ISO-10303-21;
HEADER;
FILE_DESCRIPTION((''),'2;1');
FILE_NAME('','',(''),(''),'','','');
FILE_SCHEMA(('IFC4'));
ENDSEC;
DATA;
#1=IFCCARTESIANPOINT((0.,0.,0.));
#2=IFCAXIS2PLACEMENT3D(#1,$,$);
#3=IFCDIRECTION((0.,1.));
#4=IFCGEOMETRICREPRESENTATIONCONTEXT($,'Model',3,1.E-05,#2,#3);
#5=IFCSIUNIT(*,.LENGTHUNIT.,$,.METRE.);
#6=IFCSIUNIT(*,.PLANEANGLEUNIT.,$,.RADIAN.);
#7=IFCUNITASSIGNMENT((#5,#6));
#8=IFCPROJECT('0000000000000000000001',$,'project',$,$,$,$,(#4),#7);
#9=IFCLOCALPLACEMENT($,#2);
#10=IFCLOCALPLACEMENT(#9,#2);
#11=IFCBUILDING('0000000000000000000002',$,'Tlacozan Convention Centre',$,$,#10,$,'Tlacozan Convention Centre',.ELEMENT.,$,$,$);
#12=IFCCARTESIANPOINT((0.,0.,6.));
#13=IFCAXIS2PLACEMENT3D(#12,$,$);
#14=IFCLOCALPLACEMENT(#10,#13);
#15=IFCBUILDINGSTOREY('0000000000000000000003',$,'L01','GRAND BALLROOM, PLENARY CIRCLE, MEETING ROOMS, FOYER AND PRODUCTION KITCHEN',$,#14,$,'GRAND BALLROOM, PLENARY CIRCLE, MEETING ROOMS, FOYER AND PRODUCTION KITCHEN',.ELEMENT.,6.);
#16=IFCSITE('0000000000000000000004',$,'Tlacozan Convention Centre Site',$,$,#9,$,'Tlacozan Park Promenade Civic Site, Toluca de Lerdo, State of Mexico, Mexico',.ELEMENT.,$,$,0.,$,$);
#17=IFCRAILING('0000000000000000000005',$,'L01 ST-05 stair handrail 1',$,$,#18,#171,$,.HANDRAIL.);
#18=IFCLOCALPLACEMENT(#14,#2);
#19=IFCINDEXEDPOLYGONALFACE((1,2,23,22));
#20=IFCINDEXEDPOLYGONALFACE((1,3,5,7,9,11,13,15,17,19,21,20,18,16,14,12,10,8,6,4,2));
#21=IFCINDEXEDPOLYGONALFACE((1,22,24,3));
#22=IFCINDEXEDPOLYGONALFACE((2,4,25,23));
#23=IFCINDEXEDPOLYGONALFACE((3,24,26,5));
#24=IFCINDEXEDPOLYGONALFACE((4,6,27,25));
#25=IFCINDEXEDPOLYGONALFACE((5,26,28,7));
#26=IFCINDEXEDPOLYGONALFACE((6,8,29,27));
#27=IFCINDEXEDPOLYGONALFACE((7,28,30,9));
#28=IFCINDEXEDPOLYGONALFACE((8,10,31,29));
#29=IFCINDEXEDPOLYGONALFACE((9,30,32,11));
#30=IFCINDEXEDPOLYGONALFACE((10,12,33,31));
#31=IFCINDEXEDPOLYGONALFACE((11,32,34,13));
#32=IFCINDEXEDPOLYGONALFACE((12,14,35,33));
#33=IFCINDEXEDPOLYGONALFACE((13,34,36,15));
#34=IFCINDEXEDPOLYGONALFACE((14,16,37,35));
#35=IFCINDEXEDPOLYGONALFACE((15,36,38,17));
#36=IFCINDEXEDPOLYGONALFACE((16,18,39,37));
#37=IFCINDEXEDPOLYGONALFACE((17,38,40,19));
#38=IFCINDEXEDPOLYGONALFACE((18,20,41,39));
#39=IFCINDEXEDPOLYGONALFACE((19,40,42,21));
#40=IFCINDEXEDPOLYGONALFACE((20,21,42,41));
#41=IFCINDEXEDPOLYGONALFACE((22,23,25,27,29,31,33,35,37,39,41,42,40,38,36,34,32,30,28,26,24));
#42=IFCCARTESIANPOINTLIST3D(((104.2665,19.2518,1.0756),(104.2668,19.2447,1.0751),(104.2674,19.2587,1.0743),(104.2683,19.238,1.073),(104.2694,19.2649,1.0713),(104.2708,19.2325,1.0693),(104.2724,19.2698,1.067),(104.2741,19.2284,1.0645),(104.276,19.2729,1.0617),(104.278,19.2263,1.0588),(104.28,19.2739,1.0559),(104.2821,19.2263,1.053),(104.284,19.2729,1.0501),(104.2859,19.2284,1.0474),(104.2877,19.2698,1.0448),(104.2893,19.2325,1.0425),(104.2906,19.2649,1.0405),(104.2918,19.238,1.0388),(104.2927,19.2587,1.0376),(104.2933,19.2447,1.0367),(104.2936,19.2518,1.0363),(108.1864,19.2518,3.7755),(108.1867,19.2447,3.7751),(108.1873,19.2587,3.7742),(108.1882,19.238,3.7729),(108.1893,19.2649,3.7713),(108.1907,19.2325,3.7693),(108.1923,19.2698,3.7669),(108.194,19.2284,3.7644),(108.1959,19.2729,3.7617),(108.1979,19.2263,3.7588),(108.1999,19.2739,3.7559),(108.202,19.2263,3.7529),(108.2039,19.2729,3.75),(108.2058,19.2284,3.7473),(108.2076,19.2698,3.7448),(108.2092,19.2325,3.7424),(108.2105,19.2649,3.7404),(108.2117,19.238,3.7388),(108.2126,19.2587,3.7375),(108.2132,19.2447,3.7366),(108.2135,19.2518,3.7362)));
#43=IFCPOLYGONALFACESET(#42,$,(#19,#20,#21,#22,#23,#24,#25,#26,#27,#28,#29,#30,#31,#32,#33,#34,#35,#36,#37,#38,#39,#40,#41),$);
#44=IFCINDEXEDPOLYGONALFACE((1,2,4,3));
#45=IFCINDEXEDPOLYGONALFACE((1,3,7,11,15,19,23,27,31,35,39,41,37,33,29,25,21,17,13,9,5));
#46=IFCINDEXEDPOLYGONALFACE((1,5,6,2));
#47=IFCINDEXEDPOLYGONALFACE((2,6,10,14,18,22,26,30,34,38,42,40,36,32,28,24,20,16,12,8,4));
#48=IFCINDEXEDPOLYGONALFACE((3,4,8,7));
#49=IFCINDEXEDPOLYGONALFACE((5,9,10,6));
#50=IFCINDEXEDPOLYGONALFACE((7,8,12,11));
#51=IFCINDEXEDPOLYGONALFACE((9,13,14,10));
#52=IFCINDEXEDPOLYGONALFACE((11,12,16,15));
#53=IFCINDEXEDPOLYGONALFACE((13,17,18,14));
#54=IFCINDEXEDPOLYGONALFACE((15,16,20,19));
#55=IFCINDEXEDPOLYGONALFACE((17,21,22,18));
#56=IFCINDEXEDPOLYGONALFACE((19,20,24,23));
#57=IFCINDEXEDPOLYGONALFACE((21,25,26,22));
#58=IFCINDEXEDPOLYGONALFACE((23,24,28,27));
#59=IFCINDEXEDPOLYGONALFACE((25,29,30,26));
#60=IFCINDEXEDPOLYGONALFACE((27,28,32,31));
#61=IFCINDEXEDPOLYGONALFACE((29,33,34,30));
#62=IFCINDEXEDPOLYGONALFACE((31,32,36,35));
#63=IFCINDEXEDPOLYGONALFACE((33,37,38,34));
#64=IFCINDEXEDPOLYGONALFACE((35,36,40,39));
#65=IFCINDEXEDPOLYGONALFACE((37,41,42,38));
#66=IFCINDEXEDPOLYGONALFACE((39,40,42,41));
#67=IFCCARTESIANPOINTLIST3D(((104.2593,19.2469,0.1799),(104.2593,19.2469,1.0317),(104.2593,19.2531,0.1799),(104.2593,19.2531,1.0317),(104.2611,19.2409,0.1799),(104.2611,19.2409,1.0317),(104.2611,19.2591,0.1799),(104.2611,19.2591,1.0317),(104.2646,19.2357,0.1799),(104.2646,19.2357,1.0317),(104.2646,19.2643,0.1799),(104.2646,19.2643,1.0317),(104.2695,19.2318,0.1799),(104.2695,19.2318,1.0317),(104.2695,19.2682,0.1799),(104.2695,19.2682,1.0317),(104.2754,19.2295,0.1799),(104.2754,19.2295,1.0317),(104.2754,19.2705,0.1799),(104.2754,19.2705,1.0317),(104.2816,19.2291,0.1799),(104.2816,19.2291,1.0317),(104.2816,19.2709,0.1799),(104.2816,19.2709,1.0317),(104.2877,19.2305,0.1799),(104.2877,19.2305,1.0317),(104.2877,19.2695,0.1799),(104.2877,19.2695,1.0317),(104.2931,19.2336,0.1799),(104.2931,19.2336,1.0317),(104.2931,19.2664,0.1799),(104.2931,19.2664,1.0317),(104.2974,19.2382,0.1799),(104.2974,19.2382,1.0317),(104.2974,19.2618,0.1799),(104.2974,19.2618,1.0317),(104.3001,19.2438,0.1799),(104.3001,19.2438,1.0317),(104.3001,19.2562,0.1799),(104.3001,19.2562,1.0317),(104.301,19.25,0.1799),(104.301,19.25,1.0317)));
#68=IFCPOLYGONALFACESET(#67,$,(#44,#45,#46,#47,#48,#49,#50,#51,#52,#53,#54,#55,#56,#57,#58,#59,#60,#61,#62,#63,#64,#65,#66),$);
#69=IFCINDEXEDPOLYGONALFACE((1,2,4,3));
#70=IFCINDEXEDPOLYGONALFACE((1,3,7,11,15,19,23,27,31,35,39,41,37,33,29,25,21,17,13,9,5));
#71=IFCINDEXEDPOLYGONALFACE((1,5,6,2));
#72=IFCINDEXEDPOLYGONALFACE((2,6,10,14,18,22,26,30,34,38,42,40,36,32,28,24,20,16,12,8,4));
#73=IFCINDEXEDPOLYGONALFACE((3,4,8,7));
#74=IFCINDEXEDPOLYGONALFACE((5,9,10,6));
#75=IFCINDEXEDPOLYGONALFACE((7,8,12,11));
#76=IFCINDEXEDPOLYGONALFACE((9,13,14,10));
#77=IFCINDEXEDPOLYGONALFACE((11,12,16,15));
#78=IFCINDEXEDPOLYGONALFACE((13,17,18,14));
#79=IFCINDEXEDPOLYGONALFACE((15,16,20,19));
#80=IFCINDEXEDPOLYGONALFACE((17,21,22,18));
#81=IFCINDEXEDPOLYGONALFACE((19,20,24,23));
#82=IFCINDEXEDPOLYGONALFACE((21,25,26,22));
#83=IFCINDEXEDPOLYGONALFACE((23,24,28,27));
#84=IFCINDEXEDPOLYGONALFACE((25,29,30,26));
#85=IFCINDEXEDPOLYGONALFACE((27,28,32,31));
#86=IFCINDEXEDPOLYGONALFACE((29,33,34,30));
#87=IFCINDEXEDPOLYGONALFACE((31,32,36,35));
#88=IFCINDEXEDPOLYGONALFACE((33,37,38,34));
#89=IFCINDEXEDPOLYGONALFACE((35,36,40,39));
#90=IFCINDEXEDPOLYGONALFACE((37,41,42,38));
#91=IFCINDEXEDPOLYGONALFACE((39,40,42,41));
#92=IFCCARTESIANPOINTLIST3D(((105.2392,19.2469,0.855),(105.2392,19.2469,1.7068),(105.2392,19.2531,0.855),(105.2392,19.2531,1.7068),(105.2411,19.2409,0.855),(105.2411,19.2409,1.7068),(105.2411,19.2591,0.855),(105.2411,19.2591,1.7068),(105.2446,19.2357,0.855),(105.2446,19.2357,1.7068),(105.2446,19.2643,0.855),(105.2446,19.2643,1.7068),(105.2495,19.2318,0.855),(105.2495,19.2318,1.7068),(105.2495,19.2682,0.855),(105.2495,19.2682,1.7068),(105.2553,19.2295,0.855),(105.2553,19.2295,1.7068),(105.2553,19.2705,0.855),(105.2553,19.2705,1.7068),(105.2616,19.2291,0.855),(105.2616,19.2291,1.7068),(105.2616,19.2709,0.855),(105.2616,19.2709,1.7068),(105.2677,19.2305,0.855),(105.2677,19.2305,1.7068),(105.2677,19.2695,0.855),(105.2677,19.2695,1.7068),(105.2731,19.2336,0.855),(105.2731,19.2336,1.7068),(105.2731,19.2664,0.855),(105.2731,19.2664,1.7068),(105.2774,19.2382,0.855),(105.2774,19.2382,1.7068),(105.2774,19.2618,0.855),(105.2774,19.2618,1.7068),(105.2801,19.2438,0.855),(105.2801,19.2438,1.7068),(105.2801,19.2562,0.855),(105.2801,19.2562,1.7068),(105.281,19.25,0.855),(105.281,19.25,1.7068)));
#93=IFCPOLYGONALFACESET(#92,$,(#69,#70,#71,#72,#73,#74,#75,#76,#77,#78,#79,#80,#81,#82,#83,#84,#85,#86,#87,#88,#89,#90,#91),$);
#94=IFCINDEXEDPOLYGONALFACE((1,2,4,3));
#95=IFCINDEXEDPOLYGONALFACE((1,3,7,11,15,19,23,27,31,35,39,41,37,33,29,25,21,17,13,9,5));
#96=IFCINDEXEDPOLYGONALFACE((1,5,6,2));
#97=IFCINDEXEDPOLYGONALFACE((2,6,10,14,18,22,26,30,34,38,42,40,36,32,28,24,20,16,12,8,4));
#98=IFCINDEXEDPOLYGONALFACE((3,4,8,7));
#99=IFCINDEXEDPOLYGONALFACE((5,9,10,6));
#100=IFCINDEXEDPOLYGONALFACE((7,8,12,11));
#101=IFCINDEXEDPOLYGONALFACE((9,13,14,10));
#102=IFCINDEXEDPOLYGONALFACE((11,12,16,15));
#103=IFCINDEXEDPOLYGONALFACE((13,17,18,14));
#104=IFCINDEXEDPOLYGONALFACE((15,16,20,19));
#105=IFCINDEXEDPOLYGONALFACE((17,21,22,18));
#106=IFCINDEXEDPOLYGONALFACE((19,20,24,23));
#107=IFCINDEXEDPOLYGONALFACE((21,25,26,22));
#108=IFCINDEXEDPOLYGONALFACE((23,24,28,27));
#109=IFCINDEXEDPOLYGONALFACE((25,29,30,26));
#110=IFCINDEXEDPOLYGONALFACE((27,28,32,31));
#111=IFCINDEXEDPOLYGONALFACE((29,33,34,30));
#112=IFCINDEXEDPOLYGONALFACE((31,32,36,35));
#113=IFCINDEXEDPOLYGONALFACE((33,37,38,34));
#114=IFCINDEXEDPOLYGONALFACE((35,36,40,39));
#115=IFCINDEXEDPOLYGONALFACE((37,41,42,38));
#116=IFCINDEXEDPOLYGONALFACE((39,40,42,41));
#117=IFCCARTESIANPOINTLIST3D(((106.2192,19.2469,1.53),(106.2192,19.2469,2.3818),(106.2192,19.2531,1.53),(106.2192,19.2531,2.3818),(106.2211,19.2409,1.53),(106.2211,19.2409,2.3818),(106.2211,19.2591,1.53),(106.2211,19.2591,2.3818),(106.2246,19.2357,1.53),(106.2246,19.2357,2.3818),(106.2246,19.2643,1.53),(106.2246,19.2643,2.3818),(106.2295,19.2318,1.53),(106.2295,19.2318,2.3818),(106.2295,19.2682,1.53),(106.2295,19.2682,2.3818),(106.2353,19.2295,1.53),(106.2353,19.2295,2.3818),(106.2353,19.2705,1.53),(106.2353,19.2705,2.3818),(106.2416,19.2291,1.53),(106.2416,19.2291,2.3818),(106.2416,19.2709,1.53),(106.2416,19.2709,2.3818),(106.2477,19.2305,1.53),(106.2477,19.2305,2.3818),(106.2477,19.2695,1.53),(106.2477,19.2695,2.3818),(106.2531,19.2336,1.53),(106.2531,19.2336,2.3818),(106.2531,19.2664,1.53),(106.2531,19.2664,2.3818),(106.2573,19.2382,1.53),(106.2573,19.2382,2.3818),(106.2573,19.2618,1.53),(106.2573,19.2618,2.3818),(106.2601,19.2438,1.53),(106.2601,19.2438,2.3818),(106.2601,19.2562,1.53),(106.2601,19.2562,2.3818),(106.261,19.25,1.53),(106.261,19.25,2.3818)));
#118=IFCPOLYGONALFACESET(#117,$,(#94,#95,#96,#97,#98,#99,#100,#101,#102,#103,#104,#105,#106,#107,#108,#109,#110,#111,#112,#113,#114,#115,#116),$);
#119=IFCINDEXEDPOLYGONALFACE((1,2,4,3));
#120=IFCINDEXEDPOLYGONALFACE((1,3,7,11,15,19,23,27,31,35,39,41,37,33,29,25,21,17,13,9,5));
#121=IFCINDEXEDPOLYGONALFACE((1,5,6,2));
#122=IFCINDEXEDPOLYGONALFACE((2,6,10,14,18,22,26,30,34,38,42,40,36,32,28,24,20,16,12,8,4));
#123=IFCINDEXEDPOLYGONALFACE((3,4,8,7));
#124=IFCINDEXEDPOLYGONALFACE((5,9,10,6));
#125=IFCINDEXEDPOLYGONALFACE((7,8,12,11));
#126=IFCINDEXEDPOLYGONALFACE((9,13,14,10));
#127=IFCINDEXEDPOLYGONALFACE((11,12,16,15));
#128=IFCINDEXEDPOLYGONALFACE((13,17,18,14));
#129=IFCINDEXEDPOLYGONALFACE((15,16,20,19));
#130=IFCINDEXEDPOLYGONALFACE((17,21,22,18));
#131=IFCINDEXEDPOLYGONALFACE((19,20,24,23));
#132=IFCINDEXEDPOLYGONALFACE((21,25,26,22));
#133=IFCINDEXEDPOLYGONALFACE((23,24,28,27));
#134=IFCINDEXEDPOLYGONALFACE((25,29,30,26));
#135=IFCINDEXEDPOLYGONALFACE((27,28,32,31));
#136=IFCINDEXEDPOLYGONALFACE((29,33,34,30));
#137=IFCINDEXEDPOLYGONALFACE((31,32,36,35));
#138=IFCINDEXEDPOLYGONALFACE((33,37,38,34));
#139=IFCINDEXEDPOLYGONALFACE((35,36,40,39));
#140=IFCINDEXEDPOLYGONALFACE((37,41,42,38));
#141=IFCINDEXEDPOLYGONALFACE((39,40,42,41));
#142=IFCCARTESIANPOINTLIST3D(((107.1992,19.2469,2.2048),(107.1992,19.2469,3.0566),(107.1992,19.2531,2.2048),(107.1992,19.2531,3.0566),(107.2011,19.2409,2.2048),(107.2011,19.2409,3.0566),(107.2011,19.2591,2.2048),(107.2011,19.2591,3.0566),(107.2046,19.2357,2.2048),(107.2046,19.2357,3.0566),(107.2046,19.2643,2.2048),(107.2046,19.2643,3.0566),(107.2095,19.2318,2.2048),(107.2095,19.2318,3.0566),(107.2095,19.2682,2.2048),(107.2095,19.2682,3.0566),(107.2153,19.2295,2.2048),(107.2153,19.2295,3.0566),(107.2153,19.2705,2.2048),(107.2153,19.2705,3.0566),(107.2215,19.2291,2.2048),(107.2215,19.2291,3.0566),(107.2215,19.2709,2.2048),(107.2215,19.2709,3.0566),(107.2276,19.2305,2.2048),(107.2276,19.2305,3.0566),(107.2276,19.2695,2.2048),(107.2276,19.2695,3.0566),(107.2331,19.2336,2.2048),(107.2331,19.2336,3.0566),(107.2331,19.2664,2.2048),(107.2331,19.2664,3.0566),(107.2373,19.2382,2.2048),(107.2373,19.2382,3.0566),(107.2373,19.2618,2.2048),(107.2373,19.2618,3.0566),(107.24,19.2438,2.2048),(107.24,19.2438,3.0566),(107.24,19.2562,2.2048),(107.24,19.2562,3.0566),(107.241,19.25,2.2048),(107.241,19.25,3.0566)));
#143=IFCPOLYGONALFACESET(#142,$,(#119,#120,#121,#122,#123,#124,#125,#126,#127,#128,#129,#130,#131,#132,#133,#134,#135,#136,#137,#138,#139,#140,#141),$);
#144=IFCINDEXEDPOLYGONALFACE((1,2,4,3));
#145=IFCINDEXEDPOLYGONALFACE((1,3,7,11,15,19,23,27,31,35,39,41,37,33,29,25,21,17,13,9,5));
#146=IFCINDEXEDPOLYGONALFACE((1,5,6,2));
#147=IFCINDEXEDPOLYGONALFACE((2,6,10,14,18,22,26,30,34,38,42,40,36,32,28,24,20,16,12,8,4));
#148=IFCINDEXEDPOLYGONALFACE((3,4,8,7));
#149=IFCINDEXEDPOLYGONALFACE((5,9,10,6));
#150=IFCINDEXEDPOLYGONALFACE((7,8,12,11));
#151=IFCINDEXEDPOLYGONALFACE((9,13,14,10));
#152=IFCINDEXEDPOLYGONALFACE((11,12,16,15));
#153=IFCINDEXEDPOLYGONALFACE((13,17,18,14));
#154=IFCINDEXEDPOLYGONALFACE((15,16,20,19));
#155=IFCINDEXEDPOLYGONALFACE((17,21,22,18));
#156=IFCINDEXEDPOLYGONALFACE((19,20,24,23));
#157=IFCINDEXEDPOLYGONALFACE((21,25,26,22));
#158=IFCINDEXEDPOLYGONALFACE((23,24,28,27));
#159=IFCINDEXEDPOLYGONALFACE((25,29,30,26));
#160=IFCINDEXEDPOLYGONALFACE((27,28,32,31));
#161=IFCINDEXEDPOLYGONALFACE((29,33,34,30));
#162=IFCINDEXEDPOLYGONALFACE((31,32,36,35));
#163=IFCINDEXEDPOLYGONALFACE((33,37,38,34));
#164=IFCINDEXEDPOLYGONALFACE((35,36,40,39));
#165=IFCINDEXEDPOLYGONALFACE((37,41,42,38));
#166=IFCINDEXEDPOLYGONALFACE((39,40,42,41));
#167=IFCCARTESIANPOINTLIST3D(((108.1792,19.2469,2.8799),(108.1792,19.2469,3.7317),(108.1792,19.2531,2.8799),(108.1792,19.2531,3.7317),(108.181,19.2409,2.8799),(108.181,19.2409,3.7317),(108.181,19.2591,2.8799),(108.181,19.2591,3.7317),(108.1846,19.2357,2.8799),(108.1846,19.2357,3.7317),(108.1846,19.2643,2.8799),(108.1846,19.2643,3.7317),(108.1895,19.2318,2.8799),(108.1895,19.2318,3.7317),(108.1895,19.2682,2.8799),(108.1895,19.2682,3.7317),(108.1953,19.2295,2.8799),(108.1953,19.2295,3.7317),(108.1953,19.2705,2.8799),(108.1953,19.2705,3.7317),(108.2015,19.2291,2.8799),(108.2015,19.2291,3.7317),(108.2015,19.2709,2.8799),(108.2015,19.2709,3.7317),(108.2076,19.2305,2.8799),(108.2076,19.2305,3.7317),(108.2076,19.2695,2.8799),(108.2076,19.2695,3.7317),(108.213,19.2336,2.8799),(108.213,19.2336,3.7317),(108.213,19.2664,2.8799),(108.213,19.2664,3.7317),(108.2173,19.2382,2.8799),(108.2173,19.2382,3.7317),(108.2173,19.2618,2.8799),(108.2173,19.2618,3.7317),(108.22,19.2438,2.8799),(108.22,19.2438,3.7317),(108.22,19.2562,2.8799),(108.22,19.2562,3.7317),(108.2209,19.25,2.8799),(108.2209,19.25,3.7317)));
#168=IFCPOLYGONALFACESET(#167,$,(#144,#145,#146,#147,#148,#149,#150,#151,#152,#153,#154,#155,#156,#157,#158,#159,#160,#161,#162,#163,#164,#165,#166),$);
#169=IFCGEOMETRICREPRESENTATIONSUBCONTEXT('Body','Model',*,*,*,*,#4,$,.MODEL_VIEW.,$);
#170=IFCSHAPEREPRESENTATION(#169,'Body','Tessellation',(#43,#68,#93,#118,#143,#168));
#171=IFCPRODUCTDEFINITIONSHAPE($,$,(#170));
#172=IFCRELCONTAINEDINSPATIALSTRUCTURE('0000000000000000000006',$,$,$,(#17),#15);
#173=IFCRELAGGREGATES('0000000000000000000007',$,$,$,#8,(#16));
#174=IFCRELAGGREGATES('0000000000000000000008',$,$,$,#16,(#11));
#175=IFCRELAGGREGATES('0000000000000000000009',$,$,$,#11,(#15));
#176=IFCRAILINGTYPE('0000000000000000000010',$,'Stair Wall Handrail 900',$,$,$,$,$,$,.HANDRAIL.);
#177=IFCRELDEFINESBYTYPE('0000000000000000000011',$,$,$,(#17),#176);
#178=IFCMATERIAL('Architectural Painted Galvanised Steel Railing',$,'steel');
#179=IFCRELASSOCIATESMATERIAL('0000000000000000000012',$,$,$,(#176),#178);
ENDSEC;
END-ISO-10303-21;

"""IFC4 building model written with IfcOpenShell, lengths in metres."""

from ifc_helpers import new_model, si_unit, direction, frame, origin, origin_2d, place, context, subcontext, project, spatial, circle, extrude, material, type_object, element, save


model = new_model("IFC4")

# Units and contexts
model_context = context("Model", 3, precision=1e-05, world=origin(), true_north=direction((0.0, 1.0)))
body_context = subcontext(model_context, "Body", "Model", "MODEL_VIEW")
ifc_project = project(units=[si_unit("LENGTHUNIT", "METRE"), si_unit("PLANEANGLEUNIT", "RADIAN")], contexts=[model_context])

# Site, building, storey
site_placement = place(None, origin())
site = spatial("IfcSite", under=ifc_project, at=site_placement, Name="Tlacozan Convention Centre Site", LongName="Tlacozan Park Promenade Civic Site, Toluca de Lerdo, State of Mexico, Mexico", CompositionType="ELEMENT", RefElevation=0.0)
building_placement = place(site_placement, origin())
building = spatial("IfcBuilding", under=site, at=building_placement, Name="Tlacozan Convention Centre", LongName="Tlacozan Convention Centre", CompositionType="ELEMENT")
storey_placement = place(building_placement, frame((0.0, 0.0, 6.0)))
storey = spatial("IfcBuildingStorey", under=building, at=storey_placement, Name="L01", Description="GRAND BALLROOM, PLENARY CIRCLE, MEETING ROOMS, FOYER AND PRODUCTION KITCHEN", LongName="GRAND BALLROOM, PLENARY CIRCLE, MEETING ROOMS, FOYER AND PRODUCTION KITCHEN", CompositionType="ELEMENT", Elevation=6.0)

# Railing
ifc_material_1 = material(Name="Architectural Painted Galvanised Steel Railing", Category="steel")
railing_type_1 = type_object("IfcRailingType", Name="Stair Wall Handrail 900", PredefinedType="HANDRAIL", material=ifc_material_1)
railing_1_placement = place(storey_placement, frame((104.28, 19.25, 0.1799)))
element("IfcRailing", 1, at=railing_1_placement, inside=storey, type_object=railing_type_1, Name="L01 ST-05 stair handrail 1", PredefinedType="HANDRAIL", context=body_context, shape_type="SweptSolid", body=[
    extrude(circle(Radius=0.0239, at=origin_2d()), frame((0.0, 0.0, 0.876), z_axis=(0.823551, 0.0, 0.567243), x_axis=(0.0, 1.0, 0.0)), (0.0, 0.0, 1.0), 4.7598),
    extrude(circle(Radius=0.021, at=origin_2d()), origin(), (0.0, 0.0, 1.0), 0.8518),
    extrude(circle(Radius=0.021, at=origin_2d()), frame((0.98, 0.0, 0.675)), (0.0, 0.0, 1.0), 0.8518),
    extrude(circle(Radius=0.021, at=origin_2d()), frame((1.96, 0.0, 1.3501)), (0.0, 0.0, 1.0), 0.8518),
    extrude(circle(Radius=0.021, at=origin_2d()), frame((2.9399, 0.0, 2.0249)), (0.0, 0.0, 1.0), 0.8518),
    extrude(circle(Radius=0.021, at=origin_2d()), frame((3.9199, 0.0, 2.7)), (0.0, 0.0, 1.0), 0.8518),
])

save(model, "model.ifc")
